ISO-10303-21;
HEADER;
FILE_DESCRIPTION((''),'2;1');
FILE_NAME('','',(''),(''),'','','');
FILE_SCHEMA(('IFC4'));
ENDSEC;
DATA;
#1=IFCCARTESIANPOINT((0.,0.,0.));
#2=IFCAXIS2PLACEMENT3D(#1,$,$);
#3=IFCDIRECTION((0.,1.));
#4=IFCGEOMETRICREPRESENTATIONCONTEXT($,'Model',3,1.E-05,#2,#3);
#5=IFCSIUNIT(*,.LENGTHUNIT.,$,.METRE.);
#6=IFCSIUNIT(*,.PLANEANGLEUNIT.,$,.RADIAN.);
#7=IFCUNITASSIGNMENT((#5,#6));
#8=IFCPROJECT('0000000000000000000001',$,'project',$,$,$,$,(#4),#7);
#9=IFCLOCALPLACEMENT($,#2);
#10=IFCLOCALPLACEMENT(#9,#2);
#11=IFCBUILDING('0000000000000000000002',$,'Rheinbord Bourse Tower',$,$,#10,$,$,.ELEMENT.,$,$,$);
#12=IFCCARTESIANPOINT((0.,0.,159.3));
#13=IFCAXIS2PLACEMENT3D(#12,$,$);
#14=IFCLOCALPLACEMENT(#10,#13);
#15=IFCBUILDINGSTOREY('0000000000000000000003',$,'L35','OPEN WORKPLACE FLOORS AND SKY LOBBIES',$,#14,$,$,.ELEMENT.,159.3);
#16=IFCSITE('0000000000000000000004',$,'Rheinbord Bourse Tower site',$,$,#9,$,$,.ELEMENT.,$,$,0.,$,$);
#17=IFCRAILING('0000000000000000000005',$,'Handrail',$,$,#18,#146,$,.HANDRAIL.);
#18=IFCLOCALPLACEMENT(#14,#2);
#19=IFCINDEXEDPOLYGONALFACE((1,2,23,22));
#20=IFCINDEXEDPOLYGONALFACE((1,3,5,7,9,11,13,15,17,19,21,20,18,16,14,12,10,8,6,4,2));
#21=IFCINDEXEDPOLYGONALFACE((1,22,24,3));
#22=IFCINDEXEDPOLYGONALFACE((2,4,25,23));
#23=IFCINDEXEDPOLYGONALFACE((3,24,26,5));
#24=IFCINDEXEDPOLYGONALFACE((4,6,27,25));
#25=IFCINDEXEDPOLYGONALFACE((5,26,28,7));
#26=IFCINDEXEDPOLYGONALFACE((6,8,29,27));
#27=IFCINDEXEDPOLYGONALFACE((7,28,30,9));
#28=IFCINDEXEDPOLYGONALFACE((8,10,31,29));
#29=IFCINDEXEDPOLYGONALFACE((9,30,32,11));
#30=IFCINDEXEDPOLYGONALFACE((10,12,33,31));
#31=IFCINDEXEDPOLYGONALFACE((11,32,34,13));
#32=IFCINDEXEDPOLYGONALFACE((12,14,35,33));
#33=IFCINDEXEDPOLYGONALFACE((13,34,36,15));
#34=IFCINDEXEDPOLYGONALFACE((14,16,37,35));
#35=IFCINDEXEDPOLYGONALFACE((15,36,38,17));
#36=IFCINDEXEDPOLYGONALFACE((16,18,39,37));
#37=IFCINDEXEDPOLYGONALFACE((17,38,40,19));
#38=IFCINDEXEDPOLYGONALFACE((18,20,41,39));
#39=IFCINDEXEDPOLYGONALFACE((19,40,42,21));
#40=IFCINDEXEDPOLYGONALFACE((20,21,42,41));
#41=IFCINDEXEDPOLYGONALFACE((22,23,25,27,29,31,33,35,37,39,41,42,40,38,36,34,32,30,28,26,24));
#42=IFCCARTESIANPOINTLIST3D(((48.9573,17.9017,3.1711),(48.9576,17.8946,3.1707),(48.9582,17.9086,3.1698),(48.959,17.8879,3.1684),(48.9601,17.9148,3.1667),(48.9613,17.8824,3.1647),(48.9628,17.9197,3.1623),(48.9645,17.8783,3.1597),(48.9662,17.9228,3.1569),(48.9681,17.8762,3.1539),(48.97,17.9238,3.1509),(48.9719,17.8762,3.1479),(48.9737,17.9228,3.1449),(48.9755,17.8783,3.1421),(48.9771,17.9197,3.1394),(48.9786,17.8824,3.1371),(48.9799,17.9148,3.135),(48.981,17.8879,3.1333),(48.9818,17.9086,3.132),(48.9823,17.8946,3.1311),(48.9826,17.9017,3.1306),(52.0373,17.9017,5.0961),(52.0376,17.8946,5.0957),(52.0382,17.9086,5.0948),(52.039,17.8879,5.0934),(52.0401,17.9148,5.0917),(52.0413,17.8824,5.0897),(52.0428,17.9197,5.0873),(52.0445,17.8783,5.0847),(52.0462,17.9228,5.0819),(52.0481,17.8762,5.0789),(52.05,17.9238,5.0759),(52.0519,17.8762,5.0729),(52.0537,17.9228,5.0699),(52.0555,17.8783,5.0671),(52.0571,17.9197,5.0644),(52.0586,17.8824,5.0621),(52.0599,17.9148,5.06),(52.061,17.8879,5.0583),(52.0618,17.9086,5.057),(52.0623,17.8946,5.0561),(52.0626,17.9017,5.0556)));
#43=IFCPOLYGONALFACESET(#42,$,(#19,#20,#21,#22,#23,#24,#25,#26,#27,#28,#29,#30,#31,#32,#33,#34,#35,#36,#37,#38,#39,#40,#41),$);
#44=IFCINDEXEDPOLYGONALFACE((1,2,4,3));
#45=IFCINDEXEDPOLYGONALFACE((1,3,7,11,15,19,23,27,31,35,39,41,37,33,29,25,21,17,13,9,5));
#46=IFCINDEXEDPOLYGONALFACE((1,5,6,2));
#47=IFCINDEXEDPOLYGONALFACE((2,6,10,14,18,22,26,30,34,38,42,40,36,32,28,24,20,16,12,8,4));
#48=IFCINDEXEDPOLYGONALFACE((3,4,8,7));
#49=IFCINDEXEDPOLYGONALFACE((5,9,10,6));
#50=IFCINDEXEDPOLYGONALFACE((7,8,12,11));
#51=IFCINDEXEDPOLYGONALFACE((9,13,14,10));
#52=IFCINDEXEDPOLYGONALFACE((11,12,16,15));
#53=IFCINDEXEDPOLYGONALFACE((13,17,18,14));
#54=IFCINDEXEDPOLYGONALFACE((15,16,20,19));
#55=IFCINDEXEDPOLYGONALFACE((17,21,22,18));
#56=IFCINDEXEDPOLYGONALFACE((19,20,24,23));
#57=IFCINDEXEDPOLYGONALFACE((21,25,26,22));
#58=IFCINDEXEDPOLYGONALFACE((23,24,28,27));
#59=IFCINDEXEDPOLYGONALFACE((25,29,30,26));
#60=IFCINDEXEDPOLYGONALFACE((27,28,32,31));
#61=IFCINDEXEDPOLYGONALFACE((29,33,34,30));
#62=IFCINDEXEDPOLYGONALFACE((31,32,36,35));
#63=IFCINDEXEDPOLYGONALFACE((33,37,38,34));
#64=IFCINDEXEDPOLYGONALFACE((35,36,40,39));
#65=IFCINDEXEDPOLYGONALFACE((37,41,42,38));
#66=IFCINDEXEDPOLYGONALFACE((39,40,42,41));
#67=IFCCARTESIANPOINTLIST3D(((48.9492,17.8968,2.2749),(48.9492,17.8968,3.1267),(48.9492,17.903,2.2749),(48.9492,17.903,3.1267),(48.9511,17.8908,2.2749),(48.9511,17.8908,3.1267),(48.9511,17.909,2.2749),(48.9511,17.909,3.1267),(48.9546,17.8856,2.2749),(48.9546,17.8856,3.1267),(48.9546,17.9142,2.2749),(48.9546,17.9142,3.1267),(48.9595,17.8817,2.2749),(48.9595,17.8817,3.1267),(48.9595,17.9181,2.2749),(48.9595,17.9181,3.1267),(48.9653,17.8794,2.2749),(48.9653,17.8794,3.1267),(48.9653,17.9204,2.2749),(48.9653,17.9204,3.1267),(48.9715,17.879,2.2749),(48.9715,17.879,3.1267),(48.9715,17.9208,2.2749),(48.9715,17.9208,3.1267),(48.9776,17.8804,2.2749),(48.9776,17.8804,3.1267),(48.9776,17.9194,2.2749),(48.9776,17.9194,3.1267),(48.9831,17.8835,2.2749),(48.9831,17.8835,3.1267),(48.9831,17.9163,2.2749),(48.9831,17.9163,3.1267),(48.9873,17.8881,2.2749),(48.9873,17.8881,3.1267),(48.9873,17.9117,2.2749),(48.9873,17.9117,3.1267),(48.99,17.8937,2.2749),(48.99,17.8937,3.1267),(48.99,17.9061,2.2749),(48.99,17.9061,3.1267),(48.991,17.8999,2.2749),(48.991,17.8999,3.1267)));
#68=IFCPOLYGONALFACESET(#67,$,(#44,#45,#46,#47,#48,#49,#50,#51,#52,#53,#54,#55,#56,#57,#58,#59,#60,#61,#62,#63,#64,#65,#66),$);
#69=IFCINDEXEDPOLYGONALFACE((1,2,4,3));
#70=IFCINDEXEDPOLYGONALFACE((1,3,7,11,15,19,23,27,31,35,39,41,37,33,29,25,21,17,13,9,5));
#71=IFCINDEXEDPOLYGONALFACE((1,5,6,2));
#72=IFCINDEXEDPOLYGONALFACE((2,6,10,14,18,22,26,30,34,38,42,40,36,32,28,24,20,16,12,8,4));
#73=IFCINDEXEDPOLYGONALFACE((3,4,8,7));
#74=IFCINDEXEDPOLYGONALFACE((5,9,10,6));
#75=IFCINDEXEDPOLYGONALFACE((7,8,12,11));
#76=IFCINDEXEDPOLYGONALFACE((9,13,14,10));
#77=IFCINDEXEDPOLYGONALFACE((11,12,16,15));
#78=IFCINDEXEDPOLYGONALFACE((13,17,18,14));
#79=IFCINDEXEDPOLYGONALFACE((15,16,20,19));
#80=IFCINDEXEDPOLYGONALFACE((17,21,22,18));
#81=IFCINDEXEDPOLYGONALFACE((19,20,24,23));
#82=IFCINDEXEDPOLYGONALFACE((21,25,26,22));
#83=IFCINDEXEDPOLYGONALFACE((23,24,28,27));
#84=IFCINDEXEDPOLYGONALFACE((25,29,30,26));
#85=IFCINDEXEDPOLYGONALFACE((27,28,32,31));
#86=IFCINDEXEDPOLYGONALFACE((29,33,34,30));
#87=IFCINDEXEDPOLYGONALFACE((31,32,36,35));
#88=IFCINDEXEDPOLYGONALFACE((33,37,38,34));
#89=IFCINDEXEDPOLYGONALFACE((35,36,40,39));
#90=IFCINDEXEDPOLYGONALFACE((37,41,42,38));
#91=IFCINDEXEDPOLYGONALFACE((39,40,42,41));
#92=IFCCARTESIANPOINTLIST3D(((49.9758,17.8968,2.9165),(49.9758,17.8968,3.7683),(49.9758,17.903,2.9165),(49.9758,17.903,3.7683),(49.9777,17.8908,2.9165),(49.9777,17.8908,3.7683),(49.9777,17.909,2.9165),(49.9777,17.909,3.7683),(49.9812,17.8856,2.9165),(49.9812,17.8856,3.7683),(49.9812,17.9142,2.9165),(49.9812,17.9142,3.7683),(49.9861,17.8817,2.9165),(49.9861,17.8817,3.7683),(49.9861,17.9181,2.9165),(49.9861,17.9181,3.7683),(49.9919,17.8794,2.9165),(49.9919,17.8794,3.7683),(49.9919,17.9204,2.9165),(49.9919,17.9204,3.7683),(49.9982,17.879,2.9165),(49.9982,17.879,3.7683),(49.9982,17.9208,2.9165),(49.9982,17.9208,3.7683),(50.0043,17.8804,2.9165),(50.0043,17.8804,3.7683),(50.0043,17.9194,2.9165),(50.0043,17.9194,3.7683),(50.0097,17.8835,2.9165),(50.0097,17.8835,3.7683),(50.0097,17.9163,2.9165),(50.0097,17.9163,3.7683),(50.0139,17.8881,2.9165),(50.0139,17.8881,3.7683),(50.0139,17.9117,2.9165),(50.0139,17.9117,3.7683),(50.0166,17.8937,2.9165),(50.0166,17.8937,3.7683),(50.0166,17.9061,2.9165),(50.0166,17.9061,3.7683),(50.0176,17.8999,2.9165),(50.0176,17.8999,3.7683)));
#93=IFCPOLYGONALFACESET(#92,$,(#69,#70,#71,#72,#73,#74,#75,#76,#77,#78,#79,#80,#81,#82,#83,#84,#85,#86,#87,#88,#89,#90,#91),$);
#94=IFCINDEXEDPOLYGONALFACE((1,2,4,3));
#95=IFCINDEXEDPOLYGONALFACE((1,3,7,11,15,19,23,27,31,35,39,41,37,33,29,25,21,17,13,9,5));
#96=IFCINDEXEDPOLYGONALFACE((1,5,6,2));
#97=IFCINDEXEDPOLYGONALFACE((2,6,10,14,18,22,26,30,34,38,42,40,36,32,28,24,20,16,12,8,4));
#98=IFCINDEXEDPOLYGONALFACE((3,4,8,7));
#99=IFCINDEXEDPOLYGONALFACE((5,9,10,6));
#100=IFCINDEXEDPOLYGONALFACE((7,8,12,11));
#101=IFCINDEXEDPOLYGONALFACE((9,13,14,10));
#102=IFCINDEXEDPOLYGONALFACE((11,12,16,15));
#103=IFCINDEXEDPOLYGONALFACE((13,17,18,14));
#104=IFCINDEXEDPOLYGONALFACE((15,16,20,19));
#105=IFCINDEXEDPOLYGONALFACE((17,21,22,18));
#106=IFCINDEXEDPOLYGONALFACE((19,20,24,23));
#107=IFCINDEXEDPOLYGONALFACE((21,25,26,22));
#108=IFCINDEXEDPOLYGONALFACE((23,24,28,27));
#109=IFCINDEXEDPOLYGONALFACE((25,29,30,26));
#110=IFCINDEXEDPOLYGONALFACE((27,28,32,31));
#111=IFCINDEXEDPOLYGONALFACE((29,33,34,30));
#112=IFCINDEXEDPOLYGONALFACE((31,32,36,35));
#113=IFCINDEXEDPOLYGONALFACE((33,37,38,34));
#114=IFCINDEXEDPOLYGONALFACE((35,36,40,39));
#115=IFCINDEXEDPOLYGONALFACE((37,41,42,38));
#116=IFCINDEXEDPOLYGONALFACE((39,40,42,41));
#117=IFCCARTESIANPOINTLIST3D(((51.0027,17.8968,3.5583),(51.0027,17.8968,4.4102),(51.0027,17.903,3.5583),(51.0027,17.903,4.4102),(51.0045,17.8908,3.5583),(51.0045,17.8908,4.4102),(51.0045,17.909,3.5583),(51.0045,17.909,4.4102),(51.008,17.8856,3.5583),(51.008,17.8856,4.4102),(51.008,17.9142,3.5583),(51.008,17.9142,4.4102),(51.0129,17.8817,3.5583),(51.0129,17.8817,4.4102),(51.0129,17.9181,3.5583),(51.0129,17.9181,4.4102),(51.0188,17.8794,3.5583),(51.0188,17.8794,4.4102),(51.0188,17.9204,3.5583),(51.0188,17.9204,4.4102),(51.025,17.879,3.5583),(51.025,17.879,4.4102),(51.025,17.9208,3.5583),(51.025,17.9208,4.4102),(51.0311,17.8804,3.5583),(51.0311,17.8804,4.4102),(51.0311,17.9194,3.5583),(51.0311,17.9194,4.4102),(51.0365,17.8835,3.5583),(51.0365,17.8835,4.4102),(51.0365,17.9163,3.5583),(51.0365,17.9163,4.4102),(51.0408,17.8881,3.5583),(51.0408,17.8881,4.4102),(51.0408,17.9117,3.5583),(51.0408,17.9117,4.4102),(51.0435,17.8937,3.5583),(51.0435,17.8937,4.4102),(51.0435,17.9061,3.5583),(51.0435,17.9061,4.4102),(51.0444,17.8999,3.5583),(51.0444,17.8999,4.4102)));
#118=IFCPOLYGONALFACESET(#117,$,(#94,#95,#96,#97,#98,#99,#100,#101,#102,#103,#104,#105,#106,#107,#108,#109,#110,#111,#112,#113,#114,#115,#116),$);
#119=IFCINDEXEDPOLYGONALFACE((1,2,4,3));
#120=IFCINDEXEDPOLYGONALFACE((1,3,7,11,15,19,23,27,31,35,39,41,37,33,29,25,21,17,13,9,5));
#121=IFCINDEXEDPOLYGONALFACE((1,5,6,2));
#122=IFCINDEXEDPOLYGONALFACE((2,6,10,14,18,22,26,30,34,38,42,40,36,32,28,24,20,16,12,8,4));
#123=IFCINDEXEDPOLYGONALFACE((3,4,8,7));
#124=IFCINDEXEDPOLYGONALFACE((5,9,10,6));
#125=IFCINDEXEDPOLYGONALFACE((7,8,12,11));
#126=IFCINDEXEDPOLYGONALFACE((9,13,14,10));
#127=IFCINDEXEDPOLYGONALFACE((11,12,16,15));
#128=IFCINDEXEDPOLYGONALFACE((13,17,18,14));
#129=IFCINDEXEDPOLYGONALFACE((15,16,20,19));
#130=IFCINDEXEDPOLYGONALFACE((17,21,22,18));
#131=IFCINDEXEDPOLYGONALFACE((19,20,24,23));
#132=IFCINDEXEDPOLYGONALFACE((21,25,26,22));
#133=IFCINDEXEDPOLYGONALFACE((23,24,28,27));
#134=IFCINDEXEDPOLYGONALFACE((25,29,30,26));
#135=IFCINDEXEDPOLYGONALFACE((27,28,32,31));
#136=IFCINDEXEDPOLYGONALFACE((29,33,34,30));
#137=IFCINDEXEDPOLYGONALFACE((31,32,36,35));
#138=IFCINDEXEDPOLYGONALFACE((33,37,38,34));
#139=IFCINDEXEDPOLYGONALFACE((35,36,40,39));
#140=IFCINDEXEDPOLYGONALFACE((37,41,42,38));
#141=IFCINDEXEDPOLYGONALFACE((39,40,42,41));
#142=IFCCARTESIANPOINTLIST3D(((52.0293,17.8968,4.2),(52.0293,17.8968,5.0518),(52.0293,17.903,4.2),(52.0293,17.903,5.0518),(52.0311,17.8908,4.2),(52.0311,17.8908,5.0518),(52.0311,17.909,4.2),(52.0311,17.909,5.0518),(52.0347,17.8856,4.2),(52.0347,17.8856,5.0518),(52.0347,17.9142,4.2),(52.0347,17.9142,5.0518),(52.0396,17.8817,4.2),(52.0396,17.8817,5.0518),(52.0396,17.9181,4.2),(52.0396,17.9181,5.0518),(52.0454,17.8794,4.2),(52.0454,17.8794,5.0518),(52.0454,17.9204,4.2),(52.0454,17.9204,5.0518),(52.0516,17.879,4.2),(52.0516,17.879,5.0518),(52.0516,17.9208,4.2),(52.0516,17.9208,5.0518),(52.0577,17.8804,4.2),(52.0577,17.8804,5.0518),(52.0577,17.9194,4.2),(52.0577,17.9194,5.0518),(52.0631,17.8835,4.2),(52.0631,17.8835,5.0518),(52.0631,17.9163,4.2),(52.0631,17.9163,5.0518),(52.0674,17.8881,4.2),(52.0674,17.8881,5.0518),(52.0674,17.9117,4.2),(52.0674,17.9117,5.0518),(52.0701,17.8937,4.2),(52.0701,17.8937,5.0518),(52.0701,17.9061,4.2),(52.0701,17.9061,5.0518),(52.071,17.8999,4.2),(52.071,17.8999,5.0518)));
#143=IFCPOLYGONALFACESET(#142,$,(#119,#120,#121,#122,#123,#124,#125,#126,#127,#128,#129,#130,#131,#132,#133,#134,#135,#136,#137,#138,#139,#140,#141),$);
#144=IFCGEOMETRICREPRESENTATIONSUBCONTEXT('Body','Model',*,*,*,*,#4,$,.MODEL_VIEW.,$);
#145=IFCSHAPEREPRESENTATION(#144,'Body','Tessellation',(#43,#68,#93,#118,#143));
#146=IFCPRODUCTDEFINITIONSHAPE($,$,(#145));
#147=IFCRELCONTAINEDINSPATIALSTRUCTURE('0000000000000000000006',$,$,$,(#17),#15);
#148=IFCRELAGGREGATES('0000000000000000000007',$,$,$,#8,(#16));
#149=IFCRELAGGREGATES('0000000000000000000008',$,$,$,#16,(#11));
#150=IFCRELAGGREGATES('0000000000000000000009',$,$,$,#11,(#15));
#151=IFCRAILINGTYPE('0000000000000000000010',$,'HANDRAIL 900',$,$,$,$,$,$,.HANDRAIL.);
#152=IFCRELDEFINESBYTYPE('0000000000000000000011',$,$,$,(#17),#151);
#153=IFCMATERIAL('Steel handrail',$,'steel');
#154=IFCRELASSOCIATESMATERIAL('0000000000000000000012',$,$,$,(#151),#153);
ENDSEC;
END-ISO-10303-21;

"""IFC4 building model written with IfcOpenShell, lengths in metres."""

from ifc_helpers import new_model, si_unit, direction, frame, origin, origin_2d, place, context, subcontext, project, spatial, circle, extrude, material, type_object, element, save


model = new_model("IFC4")

# Units and contexts
model_context = context("Model", 3, precision=1e-05, world=origin(), true_north=direction((0.0, 1.0)))
body_context = subcontext(model_context, "Body", "Model", "MODEL_VIEW")
ifc_project = project(units=[si_unit("LENGTHUNIT", "METRE"), si_unit("PLANEANGLEUNIT", "RADIAN")], contexts=[model_context])

# Site, building, storey
site_placement = place(None, origin())
site = spatial("IfcSite", under=ifc_project, at=site_placement, Name="Rheinbord Bourse Tower site", CompositionType="ELEMENT", RefElevation=0.0)
building_placement = place(site_placement, origin())
building = spatial("IfcBuilding", under=site, at=building_placement, Name="Rheinbord Bourse Tower", CompositionType="ELEMENT")
storey_placement = place(building_placement, frame((0.0, 0.0, 159.3)))
storey = spatial("IfcBuildingStorey", under=building, at=storey_placement, Name="L35", Description="OPEN WORKPLACE FLOORS AND SKY LOBBIES", CompositionType="ELEMENT", Elevation=159.3)

# Railing
ifc_material_1 = material(Name="Steel handrail", Category="steel")
railing_type = type_object("IfcRailingType", Name="HANDRAIL 900", PredefinedType="HANDRAIL", material=ifc_material_1)
railing_1_placement = place(storey_placement, frame((48.97, 17.8999, 2.2749)))
element("IfcRailing", 1, at=railing_1_placement, inside=storey, type_object=railing_type, Name="Handrail", PredefinedType="HANDRAIL", context=body_context, shape_type="SweptSolid", body=[
    extrude(circle(Radius=0.0239, at=origin_2d()), frame((0.0, 0.0, 0.876), z_axis=(0.847998, 0.0, 0.529999), x_axis=(0.0, 1.0, 0.0)), (0.0, 0.0, 1.0), 3.6321),
    extrude(circle(Radius=0.021, at=origin_2d()), origin(), (0.0, 0.0, 1.0), 0.8518),
    extrude(circle(Radius=0.021, at=origin_2d()), frame((1.0266, 0.0, 0.6416)), (0.0, 0.0, 1.0), 0.8518),
    extrude(circle(Radius=0.021, at=origin_2d()), frame((2.0535, 0.0, 1.2834)), (0.0, 0.0, 1.0), 0.8518),
    extrude(circle(Radius=0.021, at=origin_2d()), frame((3.0801, 0.0, 1.925)), (0.0, 0.0, 1.0), 0.8518),
])

save(model, "model.ifc")
